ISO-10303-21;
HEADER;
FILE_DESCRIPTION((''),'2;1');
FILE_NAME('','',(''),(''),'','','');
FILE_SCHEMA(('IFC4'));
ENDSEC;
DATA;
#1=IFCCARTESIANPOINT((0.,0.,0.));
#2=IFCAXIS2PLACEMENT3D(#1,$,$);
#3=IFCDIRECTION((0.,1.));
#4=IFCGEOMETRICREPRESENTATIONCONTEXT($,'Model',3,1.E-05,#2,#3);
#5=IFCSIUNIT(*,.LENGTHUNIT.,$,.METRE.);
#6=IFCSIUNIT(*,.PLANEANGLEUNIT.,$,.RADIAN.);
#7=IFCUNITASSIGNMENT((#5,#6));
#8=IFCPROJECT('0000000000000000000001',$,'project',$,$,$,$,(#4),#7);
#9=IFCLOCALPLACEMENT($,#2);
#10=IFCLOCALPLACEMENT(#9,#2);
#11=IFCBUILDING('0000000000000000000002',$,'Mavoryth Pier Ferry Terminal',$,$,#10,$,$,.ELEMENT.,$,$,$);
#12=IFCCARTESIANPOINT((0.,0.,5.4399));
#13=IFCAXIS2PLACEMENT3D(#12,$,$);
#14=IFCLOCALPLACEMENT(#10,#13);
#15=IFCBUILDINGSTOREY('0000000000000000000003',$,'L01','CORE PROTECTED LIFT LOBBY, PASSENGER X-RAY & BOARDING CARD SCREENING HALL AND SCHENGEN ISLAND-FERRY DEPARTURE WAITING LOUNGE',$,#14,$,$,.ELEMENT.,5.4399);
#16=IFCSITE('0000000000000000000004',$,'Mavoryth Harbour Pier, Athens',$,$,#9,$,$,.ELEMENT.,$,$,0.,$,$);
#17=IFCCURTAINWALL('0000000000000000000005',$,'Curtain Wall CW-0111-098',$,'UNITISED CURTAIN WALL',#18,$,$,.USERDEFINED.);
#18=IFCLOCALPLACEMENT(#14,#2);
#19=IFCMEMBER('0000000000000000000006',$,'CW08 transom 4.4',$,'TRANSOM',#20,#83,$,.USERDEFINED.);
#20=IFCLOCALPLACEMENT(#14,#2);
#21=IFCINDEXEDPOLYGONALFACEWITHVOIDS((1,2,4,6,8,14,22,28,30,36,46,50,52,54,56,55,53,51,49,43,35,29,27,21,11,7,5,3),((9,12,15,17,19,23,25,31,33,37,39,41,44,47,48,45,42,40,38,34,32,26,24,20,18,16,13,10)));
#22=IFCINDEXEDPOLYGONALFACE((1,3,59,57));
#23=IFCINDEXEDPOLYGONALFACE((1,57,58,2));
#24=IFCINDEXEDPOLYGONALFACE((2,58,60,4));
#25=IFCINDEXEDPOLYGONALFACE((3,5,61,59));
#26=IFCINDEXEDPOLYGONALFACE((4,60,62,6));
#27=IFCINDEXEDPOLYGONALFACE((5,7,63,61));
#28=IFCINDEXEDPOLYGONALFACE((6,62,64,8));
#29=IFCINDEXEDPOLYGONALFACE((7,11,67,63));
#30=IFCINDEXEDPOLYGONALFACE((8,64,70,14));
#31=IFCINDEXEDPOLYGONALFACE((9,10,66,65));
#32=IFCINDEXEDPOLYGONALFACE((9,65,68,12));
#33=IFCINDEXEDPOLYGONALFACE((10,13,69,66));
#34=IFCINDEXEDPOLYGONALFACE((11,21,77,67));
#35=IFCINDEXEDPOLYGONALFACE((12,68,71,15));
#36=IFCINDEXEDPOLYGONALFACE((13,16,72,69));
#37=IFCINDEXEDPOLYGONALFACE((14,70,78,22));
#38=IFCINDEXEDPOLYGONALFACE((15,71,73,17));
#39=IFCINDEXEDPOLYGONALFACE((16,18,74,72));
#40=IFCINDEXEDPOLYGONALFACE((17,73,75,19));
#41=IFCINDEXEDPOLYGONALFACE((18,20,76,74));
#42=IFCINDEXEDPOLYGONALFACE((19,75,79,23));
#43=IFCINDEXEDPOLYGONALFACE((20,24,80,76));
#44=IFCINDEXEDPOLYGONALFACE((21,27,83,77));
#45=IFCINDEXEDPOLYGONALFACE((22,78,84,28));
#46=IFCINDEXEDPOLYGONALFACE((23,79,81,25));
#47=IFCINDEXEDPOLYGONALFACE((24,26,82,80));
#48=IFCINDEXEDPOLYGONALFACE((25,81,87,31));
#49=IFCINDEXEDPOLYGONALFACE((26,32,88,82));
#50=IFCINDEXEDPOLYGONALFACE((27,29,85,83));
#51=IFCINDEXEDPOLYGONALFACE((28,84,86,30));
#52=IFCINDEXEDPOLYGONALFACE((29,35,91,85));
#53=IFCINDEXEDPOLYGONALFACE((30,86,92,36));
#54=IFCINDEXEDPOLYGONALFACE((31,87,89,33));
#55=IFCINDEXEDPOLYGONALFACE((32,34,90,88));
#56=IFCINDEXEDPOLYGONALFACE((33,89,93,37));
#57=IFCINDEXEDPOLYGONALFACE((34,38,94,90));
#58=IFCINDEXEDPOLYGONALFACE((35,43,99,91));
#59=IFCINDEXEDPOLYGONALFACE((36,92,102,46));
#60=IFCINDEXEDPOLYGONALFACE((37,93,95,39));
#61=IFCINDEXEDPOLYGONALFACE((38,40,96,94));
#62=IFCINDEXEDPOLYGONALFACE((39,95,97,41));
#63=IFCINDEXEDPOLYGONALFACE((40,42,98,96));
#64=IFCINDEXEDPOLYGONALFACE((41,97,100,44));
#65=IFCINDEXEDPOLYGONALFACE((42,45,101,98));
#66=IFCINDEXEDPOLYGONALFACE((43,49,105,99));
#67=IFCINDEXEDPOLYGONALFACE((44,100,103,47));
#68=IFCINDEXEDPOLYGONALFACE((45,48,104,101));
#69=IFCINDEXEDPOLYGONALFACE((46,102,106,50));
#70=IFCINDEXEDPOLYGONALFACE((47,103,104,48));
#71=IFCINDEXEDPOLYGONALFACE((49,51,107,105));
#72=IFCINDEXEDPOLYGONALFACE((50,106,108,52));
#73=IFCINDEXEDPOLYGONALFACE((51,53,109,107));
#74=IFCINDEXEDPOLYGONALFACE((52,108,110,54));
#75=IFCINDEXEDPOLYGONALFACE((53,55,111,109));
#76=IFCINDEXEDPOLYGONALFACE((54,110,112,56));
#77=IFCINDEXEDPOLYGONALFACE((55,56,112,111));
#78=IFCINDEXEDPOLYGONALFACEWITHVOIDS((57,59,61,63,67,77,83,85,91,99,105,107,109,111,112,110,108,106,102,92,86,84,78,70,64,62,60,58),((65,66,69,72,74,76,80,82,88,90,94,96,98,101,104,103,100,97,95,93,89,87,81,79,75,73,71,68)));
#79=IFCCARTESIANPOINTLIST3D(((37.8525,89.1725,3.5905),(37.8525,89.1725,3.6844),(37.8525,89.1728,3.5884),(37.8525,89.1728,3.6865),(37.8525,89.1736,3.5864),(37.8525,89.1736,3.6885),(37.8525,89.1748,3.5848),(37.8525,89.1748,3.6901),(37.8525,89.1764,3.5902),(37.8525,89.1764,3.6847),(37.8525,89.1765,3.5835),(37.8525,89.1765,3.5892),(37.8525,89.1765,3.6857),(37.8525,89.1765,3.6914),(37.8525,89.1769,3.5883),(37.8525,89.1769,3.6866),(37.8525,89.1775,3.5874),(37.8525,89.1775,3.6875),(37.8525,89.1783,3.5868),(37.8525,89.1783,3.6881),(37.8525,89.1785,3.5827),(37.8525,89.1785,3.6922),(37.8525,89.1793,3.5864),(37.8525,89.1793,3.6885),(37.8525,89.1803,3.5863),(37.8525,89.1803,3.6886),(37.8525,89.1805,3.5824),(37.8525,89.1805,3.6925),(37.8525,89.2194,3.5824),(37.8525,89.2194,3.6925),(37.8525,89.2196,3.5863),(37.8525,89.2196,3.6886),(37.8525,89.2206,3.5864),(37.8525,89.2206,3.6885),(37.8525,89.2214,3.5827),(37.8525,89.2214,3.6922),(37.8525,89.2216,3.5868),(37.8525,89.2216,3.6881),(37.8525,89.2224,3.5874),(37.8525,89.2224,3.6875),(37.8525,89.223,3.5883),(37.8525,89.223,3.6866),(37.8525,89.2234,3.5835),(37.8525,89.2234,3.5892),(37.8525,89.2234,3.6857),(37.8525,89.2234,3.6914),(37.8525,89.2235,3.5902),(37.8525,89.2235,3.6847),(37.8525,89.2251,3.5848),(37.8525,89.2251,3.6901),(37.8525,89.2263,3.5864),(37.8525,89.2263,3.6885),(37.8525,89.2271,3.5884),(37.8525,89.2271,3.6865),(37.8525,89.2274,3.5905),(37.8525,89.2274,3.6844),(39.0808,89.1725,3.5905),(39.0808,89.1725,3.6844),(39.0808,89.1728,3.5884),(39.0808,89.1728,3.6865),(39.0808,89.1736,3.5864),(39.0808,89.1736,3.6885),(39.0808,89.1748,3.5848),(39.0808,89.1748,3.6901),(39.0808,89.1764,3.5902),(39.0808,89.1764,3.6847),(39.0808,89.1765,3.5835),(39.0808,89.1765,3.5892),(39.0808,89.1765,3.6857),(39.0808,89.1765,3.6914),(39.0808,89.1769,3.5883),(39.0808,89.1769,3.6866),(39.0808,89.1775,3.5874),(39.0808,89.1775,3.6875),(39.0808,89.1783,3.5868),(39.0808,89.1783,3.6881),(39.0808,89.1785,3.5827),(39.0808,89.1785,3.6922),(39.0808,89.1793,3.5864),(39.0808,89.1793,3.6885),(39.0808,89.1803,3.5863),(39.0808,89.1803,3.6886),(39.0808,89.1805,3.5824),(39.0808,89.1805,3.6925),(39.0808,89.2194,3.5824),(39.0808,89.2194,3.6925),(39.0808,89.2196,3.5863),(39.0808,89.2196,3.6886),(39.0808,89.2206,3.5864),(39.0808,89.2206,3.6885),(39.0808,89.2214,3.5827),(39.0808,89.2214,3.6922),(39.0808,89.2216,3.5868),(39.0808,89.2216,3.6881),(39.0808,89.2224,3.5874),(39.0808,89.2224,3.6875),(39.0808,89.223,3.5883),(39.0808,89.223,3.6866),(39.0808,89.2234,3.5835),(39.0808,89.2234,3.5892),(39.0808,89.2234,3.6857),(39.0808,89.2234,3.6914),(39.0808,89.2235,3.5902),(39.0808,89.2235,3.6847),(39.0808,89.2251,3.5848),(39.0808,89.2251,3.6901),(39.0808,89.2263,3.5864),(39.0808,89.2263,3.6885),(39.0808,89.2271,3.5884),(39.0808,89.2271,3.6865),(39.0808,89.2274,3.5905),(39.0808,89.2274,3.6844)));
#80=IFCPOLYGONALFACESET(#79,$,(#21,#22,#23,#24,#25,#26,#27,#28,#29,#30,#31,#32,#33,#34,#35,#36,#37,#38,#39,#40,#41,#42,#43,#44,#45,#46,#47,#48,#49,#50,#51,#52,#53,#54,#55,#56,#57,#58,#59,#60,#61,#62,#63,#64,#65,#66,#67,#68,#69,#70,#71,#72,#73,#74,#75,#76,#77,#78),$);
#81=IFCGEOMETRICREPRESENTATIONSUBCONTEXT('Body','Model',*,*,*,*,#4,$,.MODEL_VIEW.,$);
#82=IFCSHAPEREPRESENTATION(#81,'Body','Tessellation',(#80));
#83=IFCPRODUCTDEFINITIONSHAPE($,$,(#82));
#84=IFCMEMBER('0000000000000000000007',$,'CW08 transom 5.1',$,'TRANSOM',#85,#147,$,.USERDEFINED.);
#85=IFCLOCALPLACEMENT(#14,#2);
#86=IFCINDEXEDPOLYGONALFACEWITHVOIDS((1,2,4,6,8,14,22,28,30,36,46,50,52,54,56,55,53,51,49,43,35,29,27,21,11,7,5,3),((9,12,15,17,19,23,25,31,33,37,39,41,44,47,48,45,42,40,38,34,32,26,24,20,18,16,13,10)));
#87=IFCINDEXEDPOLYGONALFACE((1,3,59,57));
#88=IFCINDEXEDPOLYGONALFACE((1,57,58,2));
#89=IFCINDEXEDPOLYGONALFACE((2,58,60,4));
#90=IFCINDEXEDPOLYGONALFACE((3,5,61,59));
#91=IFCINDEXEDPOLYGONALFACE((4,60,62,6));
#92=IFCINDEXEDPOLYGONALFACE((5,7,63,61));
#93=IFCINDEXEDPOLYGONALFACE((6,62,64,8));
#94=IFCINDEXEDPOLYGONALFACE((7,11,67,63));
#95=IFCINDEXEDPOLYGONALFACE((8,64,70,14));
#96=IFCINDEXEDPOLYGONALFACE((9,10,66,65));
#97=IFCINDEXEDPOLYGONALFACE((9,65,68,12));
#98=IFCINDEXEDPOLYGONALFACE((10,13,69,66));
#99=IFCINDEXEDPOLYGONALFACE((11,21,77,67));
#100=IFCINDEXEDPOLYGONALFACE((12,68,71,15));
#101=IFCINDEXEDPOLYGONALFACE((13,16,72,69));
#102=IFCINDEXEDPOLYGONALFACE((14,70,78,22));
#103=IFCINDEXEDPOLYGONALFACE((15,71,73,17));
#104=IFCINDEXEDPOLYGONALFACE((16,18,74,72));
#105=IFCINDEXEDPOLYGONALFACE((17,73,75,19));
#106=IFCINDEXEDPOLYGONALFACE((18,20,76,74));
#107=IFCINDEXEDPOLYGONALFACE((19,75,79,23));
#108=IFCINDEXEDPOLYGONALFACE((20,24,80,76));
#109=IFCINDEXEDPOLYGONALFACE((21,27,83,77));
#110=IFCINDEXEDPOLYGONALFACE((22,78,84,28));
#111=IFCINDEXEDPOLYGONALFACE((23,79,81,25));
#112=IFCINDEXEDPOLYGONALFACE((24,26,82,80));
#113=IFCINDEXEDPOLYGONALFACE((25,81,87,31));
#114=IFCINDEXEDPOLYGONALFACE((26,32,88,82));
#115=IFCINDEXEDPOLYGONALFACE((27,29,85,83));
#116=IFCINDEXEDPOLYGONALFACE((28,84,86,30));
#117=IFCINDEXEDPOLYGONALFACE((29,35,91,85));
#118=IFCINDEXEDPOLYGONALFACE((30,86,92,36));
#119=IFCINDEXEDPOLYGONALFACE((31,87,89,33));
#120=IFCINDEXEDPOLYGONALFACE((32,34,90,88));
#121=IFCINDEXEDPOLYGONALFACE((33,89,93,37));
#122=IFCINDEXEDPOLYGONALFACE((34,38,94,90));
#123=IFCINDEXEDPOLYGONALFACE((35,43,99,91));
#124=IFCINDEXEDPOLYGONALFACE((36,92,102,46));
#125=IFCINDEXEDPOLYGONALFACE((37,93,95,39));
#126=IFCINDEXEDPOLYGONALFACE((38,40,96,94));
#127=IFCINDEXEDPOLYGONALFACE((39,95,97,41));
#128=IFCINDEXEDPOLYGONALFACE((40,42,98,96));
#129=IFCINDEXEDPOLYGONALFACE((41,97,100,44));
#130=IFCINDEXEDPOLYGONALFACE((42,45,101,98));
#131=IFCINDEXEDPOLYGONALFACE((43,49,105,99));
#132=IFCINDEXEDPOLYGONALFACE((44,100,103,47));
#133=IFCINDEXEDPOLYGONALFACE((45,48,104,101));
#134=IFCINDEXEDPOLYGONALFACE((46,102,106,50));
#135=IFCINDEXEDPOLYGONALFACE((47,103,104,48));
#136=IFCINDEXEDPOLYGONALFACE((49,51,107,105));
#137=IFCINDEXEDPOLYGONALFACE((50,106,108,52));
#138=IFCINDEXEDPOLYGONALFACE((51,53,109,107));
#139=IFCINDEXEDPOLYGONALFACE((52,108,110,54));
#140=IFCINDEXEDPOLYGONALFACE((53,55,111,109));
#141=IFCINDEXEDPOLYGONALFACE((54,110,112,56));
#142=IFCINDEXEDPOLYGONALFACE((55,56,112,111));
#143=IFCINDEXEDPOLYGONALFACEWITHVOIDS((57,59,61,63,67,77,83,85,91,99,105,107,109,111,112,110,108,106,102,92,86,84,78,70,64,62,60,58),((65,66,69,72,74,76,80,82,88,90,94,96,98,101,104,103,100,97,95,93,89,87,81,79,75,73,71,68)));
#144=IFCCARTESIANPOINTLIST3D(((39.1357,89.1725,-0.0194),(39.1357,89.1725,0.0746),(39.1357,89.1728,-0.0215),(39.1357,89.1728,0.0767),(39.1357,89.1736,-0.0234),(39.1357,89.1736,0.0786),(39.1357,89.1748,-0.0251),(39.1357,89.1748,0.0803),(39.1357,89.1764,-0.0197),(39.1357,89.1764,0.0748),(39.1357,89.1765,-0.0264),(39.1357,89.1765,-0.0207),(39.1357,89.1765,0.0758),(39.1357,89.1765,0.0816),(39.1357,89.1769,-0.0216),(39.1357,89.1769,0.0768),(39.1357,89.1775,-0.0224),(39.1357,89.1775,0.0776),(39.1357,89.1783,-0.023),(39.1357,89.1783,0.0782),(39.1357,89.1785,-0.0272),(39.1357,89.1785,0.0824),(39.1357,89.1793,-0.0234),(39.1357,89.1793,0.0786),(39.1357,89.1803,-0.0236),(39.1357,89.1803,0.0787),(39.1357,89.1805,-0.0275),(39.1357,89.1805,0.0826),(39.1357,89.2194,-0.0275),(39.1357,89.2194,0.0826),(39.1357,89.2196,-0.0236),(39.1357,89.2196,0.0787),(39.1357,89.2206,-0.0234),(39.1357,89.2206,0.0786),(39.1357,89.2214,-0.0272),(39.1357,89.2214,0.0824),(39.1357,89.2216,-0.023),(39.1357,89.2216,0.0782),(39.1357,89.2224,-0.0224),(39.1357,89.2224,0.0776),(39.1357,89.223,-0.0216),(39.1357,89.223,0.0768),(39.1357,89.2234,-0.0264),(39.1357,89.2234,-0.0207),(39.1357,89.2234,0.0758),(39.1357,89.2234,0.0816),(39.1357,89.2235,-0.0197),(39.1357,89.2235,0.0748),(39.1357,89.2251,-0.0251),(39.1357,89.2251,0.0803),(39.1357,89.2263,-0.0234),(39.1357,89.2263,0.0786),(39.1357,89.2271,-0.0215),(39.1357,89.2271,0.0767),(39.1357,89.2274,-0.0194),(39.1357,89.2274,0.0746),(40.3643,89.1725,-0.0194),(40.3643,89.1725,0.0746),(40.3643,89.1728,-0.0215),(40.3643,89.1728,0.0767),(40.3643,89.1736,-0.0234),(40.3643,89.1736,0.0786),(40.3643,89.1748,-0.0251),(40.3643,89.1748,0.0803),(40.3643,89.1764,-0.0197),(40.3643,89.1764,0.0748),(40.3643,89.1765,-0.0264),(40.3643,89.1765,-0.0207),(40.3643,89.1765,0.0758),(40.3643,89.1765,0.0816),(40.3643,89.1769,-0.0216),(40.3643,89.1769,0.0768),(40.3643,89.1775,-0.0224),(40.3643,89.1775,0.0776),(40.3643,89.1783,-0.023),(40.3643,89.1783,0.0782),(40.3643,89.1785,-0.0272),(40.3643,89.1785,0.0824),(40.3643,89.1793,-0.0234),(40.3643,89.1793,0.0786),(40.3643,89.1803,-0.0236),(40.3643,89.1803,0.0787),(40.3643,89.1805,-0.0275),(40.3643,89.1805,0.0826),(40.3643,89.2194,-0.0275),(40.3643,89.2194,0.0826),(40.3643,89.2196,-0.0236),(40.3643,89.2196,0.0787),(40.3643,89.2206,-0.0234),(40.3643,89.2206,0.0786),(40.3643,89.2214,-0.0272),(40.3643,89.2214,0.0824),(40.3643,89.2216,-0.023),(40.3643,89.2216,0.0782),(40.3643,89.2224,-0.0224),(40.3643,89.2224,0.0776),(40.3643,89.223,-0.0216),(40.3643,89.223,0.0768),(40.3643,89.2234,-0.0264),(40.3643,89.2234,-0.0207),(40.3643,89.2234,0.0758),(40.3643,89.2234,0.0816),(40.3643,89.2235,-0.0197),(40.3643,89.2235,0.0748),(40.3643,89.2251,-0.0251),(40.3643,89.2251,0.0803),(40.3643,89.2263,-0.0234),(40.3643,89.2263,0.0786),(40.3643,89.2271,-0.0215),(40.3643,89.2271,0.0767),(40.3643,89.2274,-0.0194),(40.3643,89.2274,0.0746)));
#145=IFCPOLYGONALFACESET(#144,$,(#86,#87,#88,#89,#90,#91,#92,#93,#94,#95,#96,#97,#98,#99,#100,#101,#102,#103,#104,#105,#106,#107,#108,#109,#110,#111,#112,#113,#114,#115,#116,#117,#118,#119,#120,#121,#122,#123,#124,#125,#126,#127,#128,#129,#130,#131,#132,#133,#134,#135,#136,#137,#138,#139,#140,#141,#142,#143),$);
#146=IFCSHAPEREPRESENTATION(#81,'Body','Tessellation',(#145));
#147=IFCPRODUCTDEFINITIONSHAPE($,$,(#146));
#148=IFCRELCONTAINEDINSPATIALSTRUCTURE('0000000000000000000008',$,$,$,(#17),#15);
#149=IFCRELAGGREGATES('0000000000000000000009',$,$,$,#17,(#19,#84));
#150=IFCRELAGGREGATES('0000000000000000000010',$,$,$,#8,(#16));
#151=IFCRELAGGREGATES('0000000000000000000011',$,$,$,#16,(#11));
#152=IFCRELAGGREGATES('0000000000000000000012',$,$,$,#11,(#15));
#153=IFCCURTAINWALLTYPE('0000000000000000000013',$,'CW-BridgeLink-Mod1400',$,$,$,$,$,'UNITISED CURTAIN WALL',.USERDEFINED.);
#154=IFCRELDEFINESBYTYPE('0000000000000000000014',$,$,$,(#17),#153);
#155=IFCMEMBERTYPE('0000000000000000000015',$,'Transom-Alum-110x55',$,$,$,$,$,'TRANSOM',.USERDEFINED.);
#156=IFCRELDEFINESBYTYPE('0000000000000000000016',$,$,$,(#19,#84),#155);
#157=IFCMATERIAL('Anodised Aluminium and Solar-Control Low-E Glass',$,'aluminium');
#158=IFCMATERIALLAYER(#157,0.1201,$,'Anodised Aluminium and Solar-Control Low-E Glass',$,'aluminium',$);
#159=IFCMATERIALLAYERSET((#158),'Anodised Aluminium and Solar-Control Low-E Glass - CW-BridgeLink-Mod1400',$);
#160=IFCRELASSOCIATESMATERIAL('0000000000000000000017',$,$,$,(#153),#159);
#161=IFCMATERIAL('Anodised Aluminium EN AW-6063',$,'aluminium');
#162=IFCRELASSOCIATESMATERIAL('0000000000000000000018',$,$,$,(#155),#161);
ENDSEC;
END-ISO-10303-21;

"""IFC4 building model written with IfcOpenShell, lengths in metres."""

from ifc_helpers import new_model, si_unit, direction, frame, origin, origin_2d, place, context, subcontext, project, spatial, hollow_rectangle, extrude, material, layer, layer_set, material_profile, profile_set, type_object, element, aggregate, save


model = new_model("IFC4")

# Units and contexts
model_context = context("Model", 3, precision=1e-05, world=origin(), true_north=direction((0.0, 1.0)))
body_context = subcontext(model_context, "Body", "Model", "MODEL_VIEW")
ifc_project = project(units=[si_unit("LENGTHUNIT", "METRE"), si_unit("PLANEANGLEUNIT", "RADIAN")], contexts=[model_context])

# Site, building, storey
site_placement = place(None, origin())
site = spatial("IfcSite", under=ifc_project, at=site_placement, Name="Mavoryth Harbour Pier, Athens", CompositionType="ELEMENT", RefElevation=0.0)
building_placement = place(site_placement, origin())
building = spatial("IfcBuilding", under=site, at=building_placement, Name="Mavoryth Pier Ferry Terminal", CompositionType="ELEMENT")
storey_placement = place(building_placement, frame((0.0, 0.0, 5.4399)))
storey = spatial("IfcBuildingStorey", under=building, at=storey_placement, Name="L01", Description="CORE PROTECTED LIFT LOBBY, PASSENGER X-RAY & BOARDING CARD SCREENING HALL AND SCHENGEN ISLAND-FERRY DEPARTURE WAITING LOUNGE", CompositionType="ELEMENT", Elevation=5.4399)

# Curtain wall, members
ifc_material_1 = material(Name="Anodised Aluminium and Solar-Control Low-E Glass", Category="aluminium")
ifc_layer_1 = layer(ifc_material_1, 0.1201, Name="Anodised Aluminium and Solar-Control Low-E Glass", Category="aluminium")
ifc_layer_set_1 = layer_set([ifc_layer_1], Name="Anodised Aluminium and Solar-Control Low-E Glass - CW-BridgeLink-Mod1400")
curtain_wall_type = type_object("IfcCurtainWallType", Name="CW-BridgeLink-Mod1400", ElementType="UNITISED CURTAIN WALL", PredefinedType="USERDEFINED", material=ifc_layer_set_1)
curtain_wall_placement = place(storey_placement, origin())
curtain_wall = element("IfcCurtainWall", 1, at=curtain_wall_placement, inside=storey, type_object=curtain_wall_type, Name="Curtain Wall CW-0111-098", ObjectType="UNITISED CURTAIN WALL", PredefinedType="USERDEFINED")
ifc_material_2 = material(Name="Anodised Aluminium EN AW-6063", Category="aluminium")
ifc_material_profile_1 = material_profile(ifc_material_2, hollow_rectangle(XDim=0.0549, YDim=0.1101, WallThickness=0.0039, InnerFilletRadius=0.0039, OuterFilletRadius=0.0081, at=origin_2d()), Name="AL-TRAN 110x55x4", Category="aluminium")
ifc_profile_set_1 = profile_set([ifc_material_profile_1], Name="Anodised Aluminium EN AW-6063 - AL-TRAN 110x55x4")
member_type_1 = type_object("IfcMemberType", Name="Transom-Alum-110x55", ElementType="TRANSOM", PredefinedType="USERDEFINED", material=ifc_profile_set_1)
member_1_placement = place(storey_placement, frame((37.8525, 89.2, 3.6375), z_axis=(1.0, 0.0, 0.0), x_axis=(0.0, 1.0, 0.0)))
member_1 = element("IfcMember", 2, at=member_1_placement, type_object=member_type_1, Name="CW08 transom 4.4", ObjectType="TRANSOM", PredefinedType="USERDEFINED", context=body_context, shape_type="SweptSolid", body=[
    extrude(hollow_rectangle(XDim=0.0549, YDim=0.1101, WallThickness=0.0039, InnerFilletRadius=0.0039, OuterFilletRadius=0.0081, at=origin_2d()), origin(), (0.0, 0.0, 1.0), 1.2283),
])
member_2_placement = place(storey_placement, frame((39.1357, 89.2, 0.0276), z_axis=(1.0, 0.0, 0.0), x_axis=(0.0, 1.0, 0.0)))
member_2 = element("IfcMember", 3, at=member_2_placement, type_object=member_type_1, Name="CW08 transom 5.1", ObjectType="TRANSOM", PredefinedType="USERDEFINED", context=body_context, shape_type="SweptSolid", body=[
    extrude(hollow_rectangle(XDim=0.0549, YDim=0.1101, WallThickness=0.0039, InnerFilletRadius=0.0039, OuterFilletRadius=0.0081, at=origin_2d()), origin(), (0.0, 0.0, 1.0), 1.2285),
])
aggregate(curtain_wall, [member_1, member_2])

save(model, "model.ifc")
